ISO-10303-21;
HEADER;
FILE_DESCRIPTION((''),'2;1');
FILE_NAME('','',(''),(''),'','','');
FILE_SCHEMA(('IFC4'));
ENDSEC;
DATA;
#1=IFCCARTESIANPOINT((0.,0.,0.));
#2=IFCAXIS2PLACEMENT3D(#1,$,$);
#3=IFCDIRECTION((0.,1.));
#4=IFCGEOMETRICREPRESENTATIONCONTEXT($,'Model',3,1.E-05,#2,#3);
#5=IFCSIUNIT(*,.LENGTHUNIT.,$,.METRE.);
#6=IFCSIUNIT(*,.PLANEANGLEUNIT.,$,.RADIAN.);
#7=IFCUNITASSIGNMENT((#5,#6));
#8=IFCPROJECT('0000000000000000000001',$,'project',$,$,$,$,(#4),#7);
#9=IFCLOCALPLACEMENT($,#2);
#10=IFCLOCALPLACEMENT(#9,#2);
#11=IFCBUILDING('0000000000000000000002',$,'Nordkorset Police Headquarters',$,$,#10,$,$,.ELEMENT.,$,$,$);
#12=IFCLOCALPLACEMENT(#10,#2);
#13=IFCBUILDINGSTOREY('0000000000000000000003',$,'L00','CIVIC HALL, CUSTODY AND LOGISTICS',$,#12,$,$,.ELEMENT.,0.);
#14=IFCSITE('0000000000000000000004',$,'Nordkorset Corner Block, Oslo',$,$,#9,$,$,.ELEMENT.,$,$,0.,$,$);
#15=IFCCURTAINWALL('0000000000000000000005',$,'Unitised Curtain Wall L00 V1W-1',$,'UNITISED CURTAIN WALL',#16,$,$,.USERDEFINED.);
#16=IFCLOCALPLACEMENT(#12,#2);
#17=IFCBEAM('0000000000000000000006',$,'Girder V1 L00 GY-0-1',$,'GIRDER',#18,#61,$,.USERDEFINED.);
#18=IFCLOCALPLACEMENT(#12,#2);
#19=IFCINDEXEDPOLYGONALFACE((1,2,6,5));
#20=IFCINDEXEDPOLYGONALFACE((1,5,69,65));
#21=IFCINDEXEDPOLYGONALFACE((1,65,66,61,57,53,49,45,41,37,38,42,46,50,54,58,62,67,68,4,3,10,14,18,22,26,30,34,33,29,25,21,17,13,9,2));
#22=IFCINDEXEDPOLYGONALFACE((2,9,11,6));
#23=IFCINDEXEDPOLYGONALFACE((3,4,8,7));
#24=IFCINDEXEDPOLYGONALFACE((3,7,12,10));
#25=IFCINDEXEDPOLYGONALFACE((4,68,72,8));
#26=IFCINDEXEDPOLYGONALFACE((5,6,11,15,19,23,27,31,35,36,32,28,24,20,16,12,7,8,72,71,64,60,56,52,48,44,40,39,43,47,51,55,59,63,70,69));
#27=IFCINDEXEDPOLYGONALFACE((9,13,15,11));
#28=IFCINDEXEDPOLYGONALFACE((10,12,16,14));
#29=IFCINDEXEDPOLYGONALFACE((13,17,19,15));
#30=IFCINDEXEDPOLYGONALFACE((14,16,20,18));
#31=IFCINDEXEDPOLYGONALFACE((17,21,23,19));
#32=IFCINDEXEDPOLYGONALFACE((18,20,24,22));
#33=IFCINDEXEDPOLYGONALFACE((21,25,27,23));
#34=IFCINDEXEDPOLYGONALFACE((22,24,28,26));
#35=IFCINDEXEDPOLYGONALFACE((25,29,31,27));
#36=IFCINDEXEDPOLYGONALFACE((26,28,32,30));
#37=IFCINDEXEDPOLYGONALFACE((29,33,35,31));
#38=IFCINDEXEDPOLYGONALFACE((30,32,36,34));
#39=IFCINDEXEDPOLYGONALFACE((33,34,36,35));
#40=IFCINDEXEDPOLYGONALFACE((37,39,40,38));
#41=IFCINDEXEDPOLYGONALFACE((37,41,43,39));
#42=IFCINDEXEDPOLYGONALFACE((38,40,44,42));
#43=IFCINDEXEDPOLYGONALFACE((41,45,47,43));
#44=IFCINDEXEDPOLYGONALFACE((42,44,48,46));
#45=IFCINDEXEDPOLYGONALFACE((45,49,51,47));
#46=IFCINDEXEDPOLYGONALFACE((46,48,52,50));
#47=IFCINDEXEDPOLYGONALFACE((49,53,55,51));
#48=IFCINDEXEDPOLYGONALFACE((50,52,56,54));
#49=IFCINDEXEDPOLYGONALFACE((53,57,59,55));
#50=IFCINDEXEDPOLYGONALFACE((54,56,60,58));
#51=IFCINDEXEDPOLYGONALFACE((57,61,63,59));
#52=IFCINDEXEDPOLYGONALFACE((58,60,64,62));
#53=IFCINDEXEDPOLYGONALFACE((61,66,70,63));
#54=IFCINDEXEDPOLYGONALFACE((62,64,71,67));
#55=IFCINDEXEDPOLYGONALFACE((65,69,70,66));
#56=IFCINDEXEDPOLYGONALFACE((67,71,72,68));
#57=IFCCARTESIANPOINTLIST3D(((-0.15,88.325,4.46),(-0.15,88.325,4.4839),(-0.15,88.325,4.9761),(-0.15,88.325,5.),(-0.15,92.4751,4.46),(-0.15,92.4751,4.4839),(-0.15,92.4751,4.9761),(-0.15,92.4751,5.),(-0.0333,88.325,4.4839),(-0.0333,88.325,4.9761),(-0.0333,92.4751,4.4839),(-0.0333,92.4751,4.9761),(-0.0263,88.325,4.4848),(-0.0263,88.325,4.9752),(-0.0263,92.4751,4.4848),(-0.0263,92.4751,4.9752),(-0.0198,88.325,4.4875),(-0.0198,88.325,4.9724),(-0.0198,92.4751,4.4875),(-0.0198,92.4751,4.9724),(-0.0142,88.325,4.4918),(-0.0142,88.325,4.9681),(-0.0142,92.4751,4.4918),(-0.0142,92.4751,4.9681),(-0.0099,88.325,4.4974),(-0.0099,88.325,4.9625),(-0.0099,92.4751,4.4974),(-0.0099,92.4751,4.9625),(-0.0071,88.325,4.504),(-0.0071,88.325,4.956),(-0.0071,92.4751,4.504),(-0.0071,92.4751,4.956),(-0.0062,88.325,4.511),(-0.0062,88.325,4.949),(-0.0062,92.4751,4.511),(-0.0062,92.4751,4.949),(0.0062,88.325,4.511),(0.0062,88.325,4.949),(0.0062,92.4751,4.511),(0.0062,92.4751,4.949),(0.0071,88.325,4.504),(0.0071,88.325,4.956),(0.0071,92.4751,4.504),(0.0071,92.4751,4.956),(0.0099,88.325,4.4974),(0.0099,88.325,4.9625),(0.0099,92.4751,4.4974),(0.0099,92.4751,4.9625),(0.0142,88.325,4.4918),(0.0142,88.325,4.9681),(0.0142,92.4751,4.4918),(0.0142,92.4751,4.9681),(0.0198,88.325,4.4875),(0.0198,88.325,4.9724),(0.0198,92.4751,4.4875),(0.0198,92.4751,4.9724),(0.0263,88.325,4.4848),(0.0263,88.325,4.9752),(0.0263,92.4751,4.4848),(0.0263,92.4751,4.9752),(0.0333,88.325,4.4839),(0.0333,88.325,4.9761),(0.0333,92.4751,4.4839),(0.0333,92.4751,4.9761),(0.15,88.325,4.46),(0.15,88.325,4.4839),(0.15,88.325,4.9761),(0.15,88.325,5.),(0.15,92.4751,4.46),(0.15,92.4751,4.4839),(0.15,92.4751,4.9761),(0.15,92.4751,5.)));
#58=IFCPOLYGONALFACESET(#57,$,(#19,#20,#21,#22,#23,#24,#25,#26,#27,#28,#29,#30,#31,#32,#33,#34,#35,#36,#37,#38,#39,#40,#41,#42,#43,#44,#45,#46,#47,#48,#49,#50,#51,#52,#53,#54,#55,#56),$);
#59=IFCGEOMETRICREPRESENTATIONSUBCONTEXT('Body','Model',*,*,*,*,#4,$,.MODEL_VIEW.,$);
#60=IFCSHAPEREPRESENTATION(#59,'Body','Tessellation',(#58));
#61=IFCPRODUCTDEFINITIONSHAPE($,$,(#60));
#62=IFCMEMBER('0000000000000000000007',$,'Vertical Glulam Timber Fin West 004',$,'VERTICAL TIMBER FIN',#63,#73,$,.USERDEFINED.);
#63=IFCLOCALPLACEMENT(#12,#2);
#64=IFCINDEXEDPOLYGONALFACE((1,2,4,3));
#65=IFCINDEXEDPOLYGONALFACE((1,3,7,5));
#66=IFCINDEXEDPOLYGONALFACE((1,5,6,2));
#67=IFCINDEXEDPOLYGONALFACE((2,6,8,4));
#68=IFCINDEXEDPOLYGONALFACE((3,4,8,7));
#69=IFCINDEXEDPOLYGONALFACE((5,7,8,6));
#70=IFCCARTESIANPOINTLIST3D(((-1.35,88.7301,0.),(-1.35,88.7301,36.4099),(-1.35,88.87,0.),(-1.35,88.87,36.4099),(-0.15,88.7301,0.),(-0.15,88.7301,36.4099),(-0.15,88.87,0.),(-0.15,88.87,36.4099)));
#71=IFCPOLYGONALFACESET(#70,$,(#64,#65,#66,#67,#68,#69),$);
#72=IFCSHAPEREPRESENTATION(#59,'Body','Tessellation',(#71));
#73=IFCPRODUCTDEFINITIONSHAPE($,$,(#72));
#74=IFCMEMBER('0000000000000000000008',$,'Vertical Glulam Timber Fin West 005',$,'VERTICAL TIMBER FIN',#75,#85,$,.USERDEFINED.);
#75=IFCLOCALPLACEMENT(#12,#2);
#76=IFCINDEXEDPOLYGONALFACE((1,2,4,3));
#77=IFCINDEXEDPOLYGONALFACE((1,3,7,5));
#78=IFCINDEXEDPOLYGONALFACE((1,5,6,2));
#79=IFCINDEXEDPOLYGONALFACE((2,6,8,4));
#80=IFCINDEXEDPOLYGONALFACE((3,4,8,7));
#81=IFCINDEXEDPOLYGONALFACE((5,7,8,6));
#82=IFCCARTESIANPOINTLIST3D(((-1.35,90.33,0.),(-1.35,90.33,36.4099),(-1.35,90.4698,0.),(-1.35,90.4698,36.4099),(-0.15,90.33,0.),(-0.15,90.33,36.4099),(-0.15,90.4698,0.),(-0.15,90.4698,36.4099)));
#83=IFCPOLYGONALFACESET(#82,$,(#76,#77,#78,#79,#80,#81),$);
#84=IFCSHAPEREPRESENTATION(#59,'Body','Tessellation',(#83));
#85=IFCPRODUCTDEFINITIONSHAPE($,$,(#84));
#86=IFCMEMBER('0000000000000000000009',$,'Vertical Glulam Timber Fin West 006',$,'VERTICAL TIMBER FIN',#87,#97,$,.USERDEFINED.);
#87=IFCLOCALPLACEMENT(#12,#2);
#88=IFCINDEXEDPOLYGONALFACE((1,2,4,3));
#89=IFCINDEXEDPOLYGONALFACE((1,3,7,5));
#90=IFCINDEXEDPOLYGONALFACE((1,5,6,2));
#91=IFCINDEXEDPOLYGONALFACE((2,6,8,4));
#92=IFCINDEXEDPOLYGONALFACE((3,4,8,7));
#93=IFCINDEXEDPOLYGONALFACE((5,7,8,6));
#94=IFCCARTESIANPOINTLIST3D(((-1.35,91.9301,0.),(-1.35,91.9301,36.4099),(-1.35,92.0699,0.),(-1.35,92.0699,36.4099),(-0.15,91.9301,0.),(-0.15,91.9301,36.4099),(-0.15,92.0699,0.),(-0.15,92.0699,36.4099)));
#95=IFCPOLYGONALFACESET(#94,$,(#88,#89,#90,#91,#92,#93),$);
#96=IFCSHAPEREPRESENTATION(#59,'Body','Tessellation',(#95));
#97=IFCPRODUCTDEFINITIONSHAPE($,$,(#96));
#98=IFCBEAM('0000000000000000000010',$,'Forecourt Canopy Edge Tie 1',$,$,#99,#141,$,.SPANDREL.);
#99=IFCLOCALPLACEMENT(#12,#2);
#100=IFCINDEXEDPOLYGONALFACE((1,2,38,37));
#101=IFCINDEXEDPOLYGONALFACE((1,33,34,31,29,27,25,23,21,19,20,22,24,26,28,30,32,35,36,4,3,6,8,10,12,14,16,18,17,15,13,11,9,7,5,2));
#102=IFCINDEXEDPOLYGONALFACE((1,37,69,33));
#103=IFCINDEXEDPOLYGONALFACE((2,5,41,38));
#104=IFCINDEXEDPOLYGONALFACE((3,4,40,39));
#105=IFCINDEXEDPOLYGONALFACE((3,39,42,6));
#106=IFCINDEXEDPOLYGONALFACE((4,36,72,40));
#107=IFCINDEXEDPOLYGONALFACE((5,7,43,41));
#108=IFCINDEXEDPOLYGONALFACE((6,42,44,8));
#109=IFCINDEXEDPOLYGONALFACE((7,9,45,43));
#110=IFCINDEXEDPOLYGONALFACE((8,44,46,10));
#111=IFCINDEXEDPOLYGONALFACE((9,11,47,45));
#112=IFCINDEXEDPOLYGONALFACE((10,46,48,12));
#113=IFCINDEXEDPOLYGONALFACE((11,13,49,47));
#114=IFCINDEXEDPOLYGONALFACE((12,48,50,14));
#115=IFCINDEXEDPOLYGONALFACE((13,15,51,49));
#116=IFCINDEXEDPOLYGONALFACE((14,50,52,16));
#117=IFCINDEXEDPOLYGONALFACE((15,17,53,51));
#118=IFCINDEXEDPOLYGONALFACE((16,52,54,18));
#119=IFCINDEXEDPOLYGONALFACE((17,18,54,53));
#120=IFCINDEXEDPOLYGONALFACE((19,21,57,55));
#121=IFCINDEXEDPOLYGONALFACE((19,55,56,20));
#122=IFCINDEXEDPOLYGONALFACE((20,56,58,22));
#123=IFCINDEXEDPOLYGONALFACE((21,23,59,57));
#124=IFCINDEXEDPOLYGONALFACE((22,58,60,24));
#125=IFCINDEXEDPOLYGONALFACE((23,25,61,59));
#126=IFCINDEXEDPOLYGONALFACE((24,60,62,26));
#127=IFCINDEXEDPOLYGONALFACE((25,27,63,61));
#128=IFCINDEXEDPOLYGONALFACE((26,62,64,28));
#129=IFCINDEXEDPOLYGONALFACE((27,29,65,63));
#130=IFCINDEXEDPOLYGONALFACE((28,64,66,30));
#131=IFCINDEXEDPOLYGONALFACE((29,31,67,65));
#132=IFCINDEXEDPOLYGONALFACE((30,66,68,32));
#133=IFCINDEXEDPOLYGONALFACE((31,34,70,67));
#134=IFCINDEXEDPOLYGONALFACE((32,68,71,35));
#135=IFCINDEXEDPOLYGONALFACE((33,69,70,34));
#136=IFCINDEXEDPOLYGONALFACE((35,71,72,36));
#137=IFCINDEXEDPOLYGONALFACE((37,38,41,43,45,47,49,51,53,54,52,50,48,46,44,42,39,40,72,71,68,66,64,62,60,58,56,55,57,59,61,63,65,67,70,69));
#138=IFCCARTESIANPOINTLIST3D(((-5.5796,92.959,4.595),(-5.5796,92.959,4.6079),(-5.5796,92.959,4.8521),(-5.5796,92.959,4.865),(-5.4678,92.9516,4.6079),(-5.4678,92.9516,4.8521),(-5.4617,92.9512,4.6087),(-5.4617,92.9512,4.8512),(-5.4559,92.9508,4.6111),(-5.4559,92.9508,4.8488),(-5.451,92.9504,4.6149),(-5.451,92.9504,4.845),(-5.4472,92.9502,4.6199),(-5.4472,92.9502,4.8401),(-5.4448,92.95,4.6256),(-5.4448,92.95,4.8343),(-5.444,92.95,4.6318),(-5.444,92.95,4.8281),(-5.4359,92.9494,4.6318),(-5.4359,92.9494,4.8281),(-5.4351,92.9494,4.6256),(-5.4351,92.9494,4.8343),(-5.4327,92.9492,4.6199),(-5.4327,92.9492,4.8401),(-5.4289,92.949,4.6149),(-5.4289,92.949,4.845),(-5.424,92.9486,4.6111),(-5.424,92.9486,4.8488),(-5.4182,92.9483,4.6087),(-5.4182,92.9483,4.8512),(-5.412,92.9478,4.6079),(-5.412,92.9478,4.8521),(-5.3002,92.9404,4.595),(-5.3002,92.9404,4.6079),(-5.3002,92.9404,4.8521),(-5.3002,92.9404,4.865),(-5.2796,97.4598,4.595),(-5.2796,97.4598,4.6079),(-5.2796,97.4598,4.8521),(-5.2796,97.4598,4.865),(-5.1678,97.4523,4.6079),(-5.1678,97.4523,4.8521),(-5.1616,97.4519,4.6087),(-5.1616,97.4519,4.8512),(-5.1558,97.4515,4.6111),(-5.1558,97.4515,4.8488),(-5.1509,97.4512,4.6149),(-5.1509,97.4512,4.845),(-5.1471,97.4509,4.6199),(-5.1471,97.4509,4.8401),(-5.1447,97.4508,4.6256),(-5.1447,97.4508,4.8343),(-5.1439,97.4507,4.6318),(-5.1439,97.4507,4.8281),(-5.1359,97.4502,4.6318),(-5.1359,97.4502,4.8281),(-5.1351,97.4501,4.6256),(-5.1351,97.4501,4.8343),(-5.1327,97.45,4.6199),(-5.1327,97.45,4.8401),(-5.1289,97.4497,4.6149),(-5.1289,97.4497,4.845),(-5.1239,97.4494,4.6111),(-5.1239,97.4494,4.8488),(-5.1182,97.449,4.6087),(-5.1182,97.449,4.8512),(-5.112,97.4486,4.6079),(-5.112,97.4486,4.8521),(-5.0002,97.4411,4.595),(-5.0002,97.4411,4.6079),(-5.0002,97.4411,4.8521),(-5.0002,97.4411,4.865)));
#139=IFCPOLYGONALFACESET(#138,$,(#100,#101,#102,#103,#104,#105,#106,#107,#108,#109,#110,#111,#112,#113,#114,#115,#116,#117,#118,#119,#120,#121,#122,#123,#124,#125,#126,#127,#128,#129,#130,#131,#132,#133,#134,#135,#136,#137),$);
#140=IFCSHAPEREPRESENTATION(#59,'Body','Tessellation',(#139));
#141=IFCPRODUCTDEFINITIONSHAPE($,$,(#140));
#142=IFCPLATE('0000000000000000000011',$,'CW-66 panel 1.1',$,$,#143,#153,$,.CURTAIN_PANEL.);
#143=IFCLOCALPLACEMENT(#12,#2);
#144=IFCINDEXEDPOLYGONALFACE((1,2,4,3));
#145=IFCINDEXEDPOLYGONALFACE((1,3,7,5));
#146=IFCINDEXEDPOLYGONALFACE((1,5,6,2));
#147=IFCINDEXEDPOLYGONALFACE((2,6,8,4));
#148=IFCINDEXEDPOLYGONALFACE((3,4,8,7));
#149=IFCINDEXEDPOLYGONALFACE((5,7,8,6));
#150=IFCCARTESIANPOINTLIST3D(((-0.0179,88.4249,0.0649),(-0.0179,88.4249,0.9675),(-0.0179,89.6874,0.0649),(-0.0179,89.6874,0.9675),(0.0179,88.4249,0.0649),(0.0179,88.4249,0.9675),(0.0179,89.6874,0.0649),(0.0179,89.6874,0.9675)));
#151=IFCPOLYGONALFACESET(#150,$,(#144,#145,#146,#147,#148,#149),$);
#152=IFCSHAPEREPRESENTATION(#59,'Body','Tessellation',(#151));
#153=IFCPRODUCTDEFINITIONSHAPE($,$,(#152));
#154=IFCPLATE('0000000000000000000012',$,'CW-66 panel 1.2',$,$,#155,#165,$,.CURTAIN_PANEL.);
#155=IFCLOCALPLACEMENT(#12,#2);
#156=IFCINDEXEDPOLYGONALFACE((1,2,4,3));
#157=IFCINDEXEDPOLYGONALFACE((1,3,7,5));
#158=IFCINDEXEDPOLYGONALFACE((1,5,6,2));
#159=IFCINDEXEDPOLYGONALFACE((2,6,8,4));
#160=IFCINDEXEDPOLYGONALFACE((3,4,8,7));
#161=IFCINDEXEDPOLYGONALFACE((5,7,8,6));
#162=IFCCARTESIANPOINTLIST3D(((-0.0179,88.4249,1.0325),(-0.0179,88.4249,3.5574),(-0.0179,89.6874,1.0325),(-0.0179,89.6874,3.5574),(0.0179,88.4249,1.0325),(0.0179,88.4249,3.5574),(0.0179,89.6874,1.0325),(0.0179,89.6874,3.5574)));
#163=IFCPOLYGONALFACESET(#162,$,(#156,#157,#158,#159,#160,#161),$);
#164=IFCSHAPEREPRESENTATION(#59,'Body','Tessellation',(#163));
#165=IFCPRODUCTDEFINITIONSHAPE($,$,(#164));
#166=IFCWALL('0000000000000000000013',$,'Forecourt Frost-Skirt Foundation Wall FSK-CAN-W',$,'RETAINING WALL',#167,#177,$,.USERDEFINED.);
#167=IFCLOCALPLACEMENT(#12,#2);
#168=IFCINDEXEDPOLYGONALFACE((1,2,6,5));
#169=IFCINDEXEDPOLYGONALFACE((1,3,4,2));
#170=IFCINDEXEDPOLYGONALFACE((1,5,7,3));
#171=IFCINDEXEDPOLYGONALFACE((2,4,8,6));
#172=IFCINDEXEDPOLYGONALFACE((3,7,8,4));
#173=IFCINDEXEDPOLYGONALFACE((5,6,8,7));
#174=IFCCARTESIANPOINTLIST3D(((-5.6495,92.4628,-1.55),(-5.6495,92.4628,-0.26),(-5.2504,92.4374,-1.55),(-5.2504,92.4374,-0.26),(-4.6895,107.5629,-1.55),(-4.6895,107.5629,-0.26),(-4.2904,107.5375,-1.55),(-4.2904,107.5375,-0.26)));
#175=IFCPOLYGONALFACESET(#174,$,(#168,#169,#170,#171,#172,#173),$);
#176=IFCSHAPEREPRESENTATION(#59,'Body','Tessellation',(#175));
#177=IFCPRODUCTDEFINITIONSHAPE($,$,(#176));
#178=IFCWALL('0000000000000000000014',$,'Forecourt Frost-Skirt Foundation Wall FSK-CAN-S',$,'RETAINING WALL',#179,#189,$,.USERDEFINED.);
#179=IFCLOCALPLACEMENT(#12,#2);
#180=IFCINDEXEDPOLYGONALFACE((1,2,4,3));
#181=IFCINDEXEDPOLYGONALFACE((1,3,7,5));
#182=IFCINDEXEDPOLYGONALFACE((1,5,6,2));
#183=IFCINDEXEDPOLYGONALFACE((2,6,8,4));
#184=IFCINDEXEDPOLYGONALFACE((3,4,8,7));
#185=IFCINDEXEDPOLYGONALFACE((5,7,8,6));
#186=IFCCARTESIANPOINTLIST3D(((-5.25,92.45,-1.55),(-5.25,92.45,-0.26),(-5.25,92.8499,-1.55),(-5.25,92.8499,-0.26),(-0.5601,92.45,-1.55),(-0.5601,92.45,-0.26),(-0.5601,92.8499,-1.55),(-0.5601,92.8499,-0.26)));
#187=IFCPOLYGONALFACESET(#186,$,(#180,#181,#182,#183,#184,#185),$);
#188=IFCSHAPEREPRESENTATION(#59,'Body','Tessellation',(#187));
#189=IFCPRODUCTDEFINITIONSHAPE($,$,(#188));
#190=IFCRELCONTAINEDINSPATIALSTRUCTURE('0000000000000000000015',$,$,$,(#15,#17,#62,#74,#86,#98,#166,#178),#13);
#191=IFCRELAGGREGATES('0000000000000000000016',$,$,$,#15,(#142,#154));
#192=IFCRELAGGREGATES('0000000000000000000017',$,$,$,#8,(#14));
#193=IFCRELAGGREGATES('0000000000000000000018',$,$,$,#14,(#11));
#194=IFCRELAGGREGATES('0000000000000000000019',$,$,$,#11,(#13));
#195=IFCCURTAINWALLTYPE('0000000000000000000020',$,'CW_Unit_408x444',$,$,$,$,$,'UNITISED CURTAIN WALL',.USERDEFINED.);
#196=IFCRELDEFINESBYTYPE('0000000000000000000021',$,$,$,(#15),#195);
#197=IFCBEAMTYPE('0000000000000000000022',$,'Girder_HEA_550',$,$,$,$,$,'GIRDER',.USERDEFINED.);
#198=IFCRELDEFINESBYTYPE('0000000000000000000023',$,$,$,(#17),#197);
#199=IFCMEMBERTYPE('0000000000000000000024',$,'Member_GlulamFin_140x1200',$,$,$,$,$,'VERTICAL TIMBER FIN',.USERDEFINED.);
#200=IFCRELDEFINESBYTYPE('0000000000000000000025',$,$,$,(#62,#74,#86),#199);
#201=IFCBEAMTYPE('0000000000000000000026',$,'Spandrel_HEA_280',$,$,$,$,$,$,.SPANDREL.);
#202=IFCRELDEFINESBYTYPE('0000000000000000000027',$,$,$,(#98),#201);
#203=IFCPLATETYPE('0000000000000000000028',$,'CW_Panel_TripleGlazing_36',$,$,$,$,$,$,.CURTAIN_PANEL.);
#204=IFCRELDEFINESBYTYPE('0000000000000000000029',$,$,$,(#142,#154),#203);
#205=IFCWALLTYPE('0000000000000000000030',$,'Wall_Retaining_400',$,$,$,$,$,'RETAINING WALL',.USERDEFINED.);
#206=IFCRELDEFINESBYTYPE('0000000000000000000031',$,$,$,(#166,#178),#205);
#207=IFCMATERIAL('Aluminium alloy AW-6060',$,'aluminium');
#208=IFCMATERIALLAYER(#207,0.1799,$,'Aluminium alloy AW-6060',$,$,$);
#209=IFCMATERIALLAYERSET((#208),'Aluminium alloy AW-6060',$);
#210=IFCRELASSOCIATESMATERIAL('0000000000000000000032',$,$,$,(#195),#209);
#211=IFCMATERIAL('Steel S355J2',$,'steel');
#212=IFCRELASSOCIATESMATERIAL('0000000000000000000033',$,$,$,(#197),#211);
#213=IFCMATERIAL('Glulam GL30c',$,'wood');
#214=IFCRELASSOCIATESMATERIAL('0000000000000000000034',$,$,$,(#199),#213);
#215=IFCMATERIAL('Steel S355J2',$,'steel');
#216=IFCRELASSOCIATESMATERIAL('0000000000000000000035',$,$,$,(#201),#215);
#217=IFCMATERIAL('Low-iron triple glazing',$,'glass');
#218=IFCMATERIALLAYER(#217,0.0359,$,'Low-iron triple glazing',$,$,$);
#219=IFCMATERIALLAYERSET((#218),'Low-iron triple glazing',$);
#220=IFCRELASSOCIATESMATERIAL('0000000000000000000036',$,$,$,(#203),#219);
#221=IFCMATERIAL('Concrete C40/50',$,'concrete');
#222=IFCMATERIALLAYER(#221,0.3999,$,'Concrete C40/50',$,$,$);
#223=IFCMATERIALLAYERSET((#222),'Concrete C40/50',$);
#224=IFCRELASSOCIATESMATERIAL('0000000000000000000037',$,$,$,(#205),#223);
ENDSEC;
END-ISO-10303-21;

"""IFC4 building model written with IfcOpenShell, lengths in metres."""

from ifc_helpers import new_model, si_unit, direction, frame, frame_2d, origin, origin_2d, place, context, subcontext, project, spatial, rectangle, i_section, extrude, material, layer, layer_set, material_profile, profile_set, type_object, element, aggregate, save


model = new_model("IFC4")

# Units and contexts
model_context = context("Model", 3, precision=1e-05, world=origin(), true_north=direction((0.0, 1.0)))
body_context = subcontext(model_context, "Body", "Model", "MODEL_VIEW")
ifc_project = project(units=[si_unit("LENGTHUNIT", "METRE"), si_unit("PLANEANGLEUNIT", "RADIAN")], contexts=[model_context])

# Site, building, storey
site_placement = place(None, origin())
site = spatial("IfcSite", under=ifc_project, at=site_placement, Name="Nordkorset Corner Block, Oslo", CompositionType="ELEMENT", RefElevation=0.0)
building_placement = place(site_placement, origin())
building = spatial("IfcBuilding", under=site, at=building_placement, Name="Nordkorset Police Headquarters", CompositionType="ELEMENT")
storey_placement = place(building_placement, origin())
storey = spatial("IfcBuildingStorey", under=building, at=storey_placement, Name="L00", Description="CIVIC HALL, CUSTODY AND LOGISTICS", CompositionType="ELEMENT", Elevation=0.0)

# Curtain wall
ifc_material_1 = material(Name="Aluminium alloy AW-6060", Category="aluminium")
ifc_layer_1 = layer(ifc_material_1, 0.1799, Name="Aluminium alloy AW-6060")
ifc_layer_set_1 = layer_set([ifc_layer_1], Name="Aluminium alloy AW-6060")
curtain_wall_type = type_object("IfcCurtainWallType", Name="CW_Unit_408x444", ElementType="UNITISED CURTAIN WALL", PredefinedType="USERDEFINED", material=ifc_layer_set_1)
curtain_wall_placement = place(storey_placement, origin())
curtain_wall = element("IfcCurtainWall", 1, at=curtain_wall_placement, inside=storey, type_object=curtain_wall_type, Name="Unitised Curtain Wall L00 V1W-1", ObjectType="UNITISED CURTAIN WALL", PredefinedType="USERDEFINED")

# Beam
ifc_material_2 = material(Name="Steel S355J2", Category="steel")
ifc_material_profile_1 = material_profile(ifc_material_2, i_section(OverallWidth=0.3, OverallDepth=0.54, WebThickness=0.0125, FlangeThickness=0.0239, FilletRadius=0.0271, at=origin_2d()), Name="HEA 550")
ifc_profile_set_1 = profile_set([ifc_material_profile_1], Name="Steel S355J2")
beam_type_1 = type_object("IfcBeamType", Name="Girder_HEA_550", ElementType="GIRDER", PredefinedType="USERDEFINED", material=ifc_profile_set_1)
beam_1_placement = place(storey_placement, frame((0.0, 88.325, 4.73), z_axis=(0.0, 1.0, 0.0), x_axis=(-1.0, 0.0, 0.0)))
element("IfcBeam", 2, at=beam_1_placement, inside=storey, type_object=beam_type_1, Name="Girder V1 L00 GY-0-1", ObjectType="GIRDER", PredefinedType="USERDEFINED", context=body_context, shape_type="SweptSolid", body=[
    extrude(i_section(OverallWidth=0.3, OverallDepth=0.54, WebThickness=0.0125, FlangeThickness=0.0239, FilletRadius=0.0271, at=origin_2d()), origin(), (0.0, 0.0, 1.0), 4.1501),
])

# Members
ifc_material_3 = material(Name="Glulam GL30c", Category="wood")
ifc_material_profile_2 = material_profile(ifc_material_3, rectangle(XDim=0.1399, YDim=1.2, at=origin_2d()), Name="GL30C FIN 140x1200")
ifc_profile_set_2 = profile_set([ifc_material_profile_2], Name="Glulam GL30c")
member_type_1 = type_object("IfcMemberType", Name="Member_GlulamFin_140x1200", ElementType="VERTICAL TIMBER FIN", PredefinedType="USERDEFINED", material=ifc_profile_set_2)
for number, where, z_axis, x_axis, name in (
    (3, (-0.75, 88.8, 0.0), (0.0, 0.0, 1.0), (0.0, 1.0, 0.0), "Vertical Glulam Timber Fin West 004"),
    (4, (-0.75, 90.3999, 0.0), (0.0, 0.0, 1.0), (0.0, 1.0, 0.0), "Vertical Glulam Timber Fin West 005"),
    (5, (-0.75, 92.0, 0.0), (0.0, 0.0, 1.0), (0.0, 1.0, 0.0), "Vertical Glulam Timber Fin West 006"),
):
    element("IfcMember", number, at=place(storey_placement, frame(where, z_axis=z_axis, x_axis=x_axis)), inside=storey, type_object=member_type_1, Name=name, ObjectType="VERTICAL TIMBER FIN", PredefinedType="USERDEFINED", context=body_context, shape_type="SweptSolid", body=[
        extrude(rectangle(XDim=0.1399, YDim=1.2, at=origin_2d()), origin(), (0.0, 0.0, 1.0), 36.4099),
    ])

# Beam
ifc_material_4 = material(Name="Steel S355J2", Category="steel")
ifc_material_profile_3 = material_profile(ifc_material_4, i_section(OverallWidth=0.28, OverallDepth=0.27, WebThickness=0.0081, FlangeThickness=0.0129, FilletRadius=0.0239, at=origin_2d()), Name="HEA 280")
ifc_profile_set_3 = profile_set([ifc_material_profile_3], Name="Steel S355J2")
beam_type_2 = type_object("IfcBeamType", Name="Spandrel_HEA_280", PredefinedType="SPANDREL", material=ifc_profile_set_3)
beam_2_placement = place(storey_placement, frame((-5.4399, 92.9497, 4.73), z_axis=(0.066519, 0.997785, 0.0), x_axis=(-0.997785, 0.066519, 0.0)))
element("IfcBeam", 6, at=beam_2_placement, inside=storey, type_object=beam_type_2, Name="Forecourt Canopy Edge Tie 1", PredefinedType="SPANDREL", context=body_context, shape_type="SweptSolid", body=[
    extrude(i_section(OverallWidth=0.28, OverallDepth=0.27, WebThickness=0.0081, FlangeThickness=0.0129, FilletRadius=0.0239, at=origin_2d()), origin(), (0.0, 0.0, 1.0), 4.5107),
])

# Plates
ifc_material_5 = material(Name="Low-iron triple glazing", Category="glass")
ifc_layer_2 = layer(ifc_material_5, 0.0359, Name="Low-iron triple glazing")
ifc_layer_set_2 = layer_set([ifc_layer_2], Name="Low-iron triple glazing")
plate_type = type_object("IfcPlateType", Name="CW_Panel_TripleGlazing_36", PredefinedType="CURTAIN_PANEL", material=ifc_layer_set_2)
plate_1_placement = place(storey_placement, frame((0.0, 89.0562, 0.0649), z_axis=(0.0, 0.0, 1.0), x_axis=(0.0, 1.0, 0.0)))
plate_1 = element("IfcPlate", 7, at=plate_1_placement, type_object=plate_type, Name="CW-66 panel 1.1", PredefinedType="CURTAIN_PANEL", context=body_context, shape_type="SweptSolid", body=[
    extrude(rectangle(XDim=1.2625, YDim=0.0359, at=origin_2d()), origin(), (0.0, 0.0, 1.0), 0.9026),
])
plate_2_placement = place(storey_placement, frame((0.0, 89.0562, 1.0325), z_axis=(0.0, 0.0, 1.0), x_axis=(0.0, 1.0, 0.0)))
plate_2 = element("IfcPlate", 8, at=plate_2_placement, type_object=plate_type, Name="CW-66 panel 1.2", PredefinedType="CURTAIN_PANEL", context=body_context, shape_type="SweptSolid", body=[
    extrude(rectangle(XDim=1.2625, YDim=0.0359, at=origin_2d()), origin(), (0.0, 0.0, 1.0), 2.5249),
])
aggregate(curtain_wall, [plate_1, plate_2])

# Walls
ifc_material_6 = material(Name="Concrete C40/50", Category="concrete")
ifc_layer_3 = layer(ifc_material_6, 0.3999, Name="Concrete C40/50")
ifc_layer_set_3 = layer_set([ifc_layer_3], Name="Concrete C40/50")
wall_type = type_object("IfcWallType", Name="Wall_Retaining_400", ElementType="RETAINING WALL", PredefinedType="USERDEFINED", material=ifc_layer_set_3)
wall_1_placement = place(storey_placement, frame((-5.45, 92.45, -1.55), z_axis=(0.0, 0.0, 1.0), x_axis=(0.063445, 0.997985, 0.0)))
element("IfcWall", 9, at=wall_1_placement, inside=storey, type_object=wall_type, Name="Forecourt Frost-Skirt Foundation Wall FSK-CAN-W", ObjectType="RETAINING WALL", PredefinedType="USERDEFINED", context=body_context, shape_type="SweptSolid", body=[
    extrude(rectangle(XDim=15.1306, YDim=0.3999, at=frame_2d((7.5654, 0.0))), origin(), (0.0, 0.0, 1.0), 1.29),
])
wall_2_placement = place(storey_placement, frame((-5.25, 92.6499, -1.55), z_axis=(0.0, 0.0, 1.0), x_axis=(1.0, 0.0, 0.0)))
element("IfcWall", 10, at=wall_2_placement, inside=storey, type_object=wall_type, Name="Forecourt Frost-Skirt Foundation Wall FSK-CAN-S", ObjectType="RETAINING WALL", PredefinedType="USERDEFINED", context=body_context, shape_type="SweptSolid", body=[
    extrude(rectangle(XDim=4.6899, YDim=0.3999, at=frame_2d((2.345, 0.0))), origin(), (0.0, 0.0, 1.0), 1.29),
])

save(model, "model.ifc")
